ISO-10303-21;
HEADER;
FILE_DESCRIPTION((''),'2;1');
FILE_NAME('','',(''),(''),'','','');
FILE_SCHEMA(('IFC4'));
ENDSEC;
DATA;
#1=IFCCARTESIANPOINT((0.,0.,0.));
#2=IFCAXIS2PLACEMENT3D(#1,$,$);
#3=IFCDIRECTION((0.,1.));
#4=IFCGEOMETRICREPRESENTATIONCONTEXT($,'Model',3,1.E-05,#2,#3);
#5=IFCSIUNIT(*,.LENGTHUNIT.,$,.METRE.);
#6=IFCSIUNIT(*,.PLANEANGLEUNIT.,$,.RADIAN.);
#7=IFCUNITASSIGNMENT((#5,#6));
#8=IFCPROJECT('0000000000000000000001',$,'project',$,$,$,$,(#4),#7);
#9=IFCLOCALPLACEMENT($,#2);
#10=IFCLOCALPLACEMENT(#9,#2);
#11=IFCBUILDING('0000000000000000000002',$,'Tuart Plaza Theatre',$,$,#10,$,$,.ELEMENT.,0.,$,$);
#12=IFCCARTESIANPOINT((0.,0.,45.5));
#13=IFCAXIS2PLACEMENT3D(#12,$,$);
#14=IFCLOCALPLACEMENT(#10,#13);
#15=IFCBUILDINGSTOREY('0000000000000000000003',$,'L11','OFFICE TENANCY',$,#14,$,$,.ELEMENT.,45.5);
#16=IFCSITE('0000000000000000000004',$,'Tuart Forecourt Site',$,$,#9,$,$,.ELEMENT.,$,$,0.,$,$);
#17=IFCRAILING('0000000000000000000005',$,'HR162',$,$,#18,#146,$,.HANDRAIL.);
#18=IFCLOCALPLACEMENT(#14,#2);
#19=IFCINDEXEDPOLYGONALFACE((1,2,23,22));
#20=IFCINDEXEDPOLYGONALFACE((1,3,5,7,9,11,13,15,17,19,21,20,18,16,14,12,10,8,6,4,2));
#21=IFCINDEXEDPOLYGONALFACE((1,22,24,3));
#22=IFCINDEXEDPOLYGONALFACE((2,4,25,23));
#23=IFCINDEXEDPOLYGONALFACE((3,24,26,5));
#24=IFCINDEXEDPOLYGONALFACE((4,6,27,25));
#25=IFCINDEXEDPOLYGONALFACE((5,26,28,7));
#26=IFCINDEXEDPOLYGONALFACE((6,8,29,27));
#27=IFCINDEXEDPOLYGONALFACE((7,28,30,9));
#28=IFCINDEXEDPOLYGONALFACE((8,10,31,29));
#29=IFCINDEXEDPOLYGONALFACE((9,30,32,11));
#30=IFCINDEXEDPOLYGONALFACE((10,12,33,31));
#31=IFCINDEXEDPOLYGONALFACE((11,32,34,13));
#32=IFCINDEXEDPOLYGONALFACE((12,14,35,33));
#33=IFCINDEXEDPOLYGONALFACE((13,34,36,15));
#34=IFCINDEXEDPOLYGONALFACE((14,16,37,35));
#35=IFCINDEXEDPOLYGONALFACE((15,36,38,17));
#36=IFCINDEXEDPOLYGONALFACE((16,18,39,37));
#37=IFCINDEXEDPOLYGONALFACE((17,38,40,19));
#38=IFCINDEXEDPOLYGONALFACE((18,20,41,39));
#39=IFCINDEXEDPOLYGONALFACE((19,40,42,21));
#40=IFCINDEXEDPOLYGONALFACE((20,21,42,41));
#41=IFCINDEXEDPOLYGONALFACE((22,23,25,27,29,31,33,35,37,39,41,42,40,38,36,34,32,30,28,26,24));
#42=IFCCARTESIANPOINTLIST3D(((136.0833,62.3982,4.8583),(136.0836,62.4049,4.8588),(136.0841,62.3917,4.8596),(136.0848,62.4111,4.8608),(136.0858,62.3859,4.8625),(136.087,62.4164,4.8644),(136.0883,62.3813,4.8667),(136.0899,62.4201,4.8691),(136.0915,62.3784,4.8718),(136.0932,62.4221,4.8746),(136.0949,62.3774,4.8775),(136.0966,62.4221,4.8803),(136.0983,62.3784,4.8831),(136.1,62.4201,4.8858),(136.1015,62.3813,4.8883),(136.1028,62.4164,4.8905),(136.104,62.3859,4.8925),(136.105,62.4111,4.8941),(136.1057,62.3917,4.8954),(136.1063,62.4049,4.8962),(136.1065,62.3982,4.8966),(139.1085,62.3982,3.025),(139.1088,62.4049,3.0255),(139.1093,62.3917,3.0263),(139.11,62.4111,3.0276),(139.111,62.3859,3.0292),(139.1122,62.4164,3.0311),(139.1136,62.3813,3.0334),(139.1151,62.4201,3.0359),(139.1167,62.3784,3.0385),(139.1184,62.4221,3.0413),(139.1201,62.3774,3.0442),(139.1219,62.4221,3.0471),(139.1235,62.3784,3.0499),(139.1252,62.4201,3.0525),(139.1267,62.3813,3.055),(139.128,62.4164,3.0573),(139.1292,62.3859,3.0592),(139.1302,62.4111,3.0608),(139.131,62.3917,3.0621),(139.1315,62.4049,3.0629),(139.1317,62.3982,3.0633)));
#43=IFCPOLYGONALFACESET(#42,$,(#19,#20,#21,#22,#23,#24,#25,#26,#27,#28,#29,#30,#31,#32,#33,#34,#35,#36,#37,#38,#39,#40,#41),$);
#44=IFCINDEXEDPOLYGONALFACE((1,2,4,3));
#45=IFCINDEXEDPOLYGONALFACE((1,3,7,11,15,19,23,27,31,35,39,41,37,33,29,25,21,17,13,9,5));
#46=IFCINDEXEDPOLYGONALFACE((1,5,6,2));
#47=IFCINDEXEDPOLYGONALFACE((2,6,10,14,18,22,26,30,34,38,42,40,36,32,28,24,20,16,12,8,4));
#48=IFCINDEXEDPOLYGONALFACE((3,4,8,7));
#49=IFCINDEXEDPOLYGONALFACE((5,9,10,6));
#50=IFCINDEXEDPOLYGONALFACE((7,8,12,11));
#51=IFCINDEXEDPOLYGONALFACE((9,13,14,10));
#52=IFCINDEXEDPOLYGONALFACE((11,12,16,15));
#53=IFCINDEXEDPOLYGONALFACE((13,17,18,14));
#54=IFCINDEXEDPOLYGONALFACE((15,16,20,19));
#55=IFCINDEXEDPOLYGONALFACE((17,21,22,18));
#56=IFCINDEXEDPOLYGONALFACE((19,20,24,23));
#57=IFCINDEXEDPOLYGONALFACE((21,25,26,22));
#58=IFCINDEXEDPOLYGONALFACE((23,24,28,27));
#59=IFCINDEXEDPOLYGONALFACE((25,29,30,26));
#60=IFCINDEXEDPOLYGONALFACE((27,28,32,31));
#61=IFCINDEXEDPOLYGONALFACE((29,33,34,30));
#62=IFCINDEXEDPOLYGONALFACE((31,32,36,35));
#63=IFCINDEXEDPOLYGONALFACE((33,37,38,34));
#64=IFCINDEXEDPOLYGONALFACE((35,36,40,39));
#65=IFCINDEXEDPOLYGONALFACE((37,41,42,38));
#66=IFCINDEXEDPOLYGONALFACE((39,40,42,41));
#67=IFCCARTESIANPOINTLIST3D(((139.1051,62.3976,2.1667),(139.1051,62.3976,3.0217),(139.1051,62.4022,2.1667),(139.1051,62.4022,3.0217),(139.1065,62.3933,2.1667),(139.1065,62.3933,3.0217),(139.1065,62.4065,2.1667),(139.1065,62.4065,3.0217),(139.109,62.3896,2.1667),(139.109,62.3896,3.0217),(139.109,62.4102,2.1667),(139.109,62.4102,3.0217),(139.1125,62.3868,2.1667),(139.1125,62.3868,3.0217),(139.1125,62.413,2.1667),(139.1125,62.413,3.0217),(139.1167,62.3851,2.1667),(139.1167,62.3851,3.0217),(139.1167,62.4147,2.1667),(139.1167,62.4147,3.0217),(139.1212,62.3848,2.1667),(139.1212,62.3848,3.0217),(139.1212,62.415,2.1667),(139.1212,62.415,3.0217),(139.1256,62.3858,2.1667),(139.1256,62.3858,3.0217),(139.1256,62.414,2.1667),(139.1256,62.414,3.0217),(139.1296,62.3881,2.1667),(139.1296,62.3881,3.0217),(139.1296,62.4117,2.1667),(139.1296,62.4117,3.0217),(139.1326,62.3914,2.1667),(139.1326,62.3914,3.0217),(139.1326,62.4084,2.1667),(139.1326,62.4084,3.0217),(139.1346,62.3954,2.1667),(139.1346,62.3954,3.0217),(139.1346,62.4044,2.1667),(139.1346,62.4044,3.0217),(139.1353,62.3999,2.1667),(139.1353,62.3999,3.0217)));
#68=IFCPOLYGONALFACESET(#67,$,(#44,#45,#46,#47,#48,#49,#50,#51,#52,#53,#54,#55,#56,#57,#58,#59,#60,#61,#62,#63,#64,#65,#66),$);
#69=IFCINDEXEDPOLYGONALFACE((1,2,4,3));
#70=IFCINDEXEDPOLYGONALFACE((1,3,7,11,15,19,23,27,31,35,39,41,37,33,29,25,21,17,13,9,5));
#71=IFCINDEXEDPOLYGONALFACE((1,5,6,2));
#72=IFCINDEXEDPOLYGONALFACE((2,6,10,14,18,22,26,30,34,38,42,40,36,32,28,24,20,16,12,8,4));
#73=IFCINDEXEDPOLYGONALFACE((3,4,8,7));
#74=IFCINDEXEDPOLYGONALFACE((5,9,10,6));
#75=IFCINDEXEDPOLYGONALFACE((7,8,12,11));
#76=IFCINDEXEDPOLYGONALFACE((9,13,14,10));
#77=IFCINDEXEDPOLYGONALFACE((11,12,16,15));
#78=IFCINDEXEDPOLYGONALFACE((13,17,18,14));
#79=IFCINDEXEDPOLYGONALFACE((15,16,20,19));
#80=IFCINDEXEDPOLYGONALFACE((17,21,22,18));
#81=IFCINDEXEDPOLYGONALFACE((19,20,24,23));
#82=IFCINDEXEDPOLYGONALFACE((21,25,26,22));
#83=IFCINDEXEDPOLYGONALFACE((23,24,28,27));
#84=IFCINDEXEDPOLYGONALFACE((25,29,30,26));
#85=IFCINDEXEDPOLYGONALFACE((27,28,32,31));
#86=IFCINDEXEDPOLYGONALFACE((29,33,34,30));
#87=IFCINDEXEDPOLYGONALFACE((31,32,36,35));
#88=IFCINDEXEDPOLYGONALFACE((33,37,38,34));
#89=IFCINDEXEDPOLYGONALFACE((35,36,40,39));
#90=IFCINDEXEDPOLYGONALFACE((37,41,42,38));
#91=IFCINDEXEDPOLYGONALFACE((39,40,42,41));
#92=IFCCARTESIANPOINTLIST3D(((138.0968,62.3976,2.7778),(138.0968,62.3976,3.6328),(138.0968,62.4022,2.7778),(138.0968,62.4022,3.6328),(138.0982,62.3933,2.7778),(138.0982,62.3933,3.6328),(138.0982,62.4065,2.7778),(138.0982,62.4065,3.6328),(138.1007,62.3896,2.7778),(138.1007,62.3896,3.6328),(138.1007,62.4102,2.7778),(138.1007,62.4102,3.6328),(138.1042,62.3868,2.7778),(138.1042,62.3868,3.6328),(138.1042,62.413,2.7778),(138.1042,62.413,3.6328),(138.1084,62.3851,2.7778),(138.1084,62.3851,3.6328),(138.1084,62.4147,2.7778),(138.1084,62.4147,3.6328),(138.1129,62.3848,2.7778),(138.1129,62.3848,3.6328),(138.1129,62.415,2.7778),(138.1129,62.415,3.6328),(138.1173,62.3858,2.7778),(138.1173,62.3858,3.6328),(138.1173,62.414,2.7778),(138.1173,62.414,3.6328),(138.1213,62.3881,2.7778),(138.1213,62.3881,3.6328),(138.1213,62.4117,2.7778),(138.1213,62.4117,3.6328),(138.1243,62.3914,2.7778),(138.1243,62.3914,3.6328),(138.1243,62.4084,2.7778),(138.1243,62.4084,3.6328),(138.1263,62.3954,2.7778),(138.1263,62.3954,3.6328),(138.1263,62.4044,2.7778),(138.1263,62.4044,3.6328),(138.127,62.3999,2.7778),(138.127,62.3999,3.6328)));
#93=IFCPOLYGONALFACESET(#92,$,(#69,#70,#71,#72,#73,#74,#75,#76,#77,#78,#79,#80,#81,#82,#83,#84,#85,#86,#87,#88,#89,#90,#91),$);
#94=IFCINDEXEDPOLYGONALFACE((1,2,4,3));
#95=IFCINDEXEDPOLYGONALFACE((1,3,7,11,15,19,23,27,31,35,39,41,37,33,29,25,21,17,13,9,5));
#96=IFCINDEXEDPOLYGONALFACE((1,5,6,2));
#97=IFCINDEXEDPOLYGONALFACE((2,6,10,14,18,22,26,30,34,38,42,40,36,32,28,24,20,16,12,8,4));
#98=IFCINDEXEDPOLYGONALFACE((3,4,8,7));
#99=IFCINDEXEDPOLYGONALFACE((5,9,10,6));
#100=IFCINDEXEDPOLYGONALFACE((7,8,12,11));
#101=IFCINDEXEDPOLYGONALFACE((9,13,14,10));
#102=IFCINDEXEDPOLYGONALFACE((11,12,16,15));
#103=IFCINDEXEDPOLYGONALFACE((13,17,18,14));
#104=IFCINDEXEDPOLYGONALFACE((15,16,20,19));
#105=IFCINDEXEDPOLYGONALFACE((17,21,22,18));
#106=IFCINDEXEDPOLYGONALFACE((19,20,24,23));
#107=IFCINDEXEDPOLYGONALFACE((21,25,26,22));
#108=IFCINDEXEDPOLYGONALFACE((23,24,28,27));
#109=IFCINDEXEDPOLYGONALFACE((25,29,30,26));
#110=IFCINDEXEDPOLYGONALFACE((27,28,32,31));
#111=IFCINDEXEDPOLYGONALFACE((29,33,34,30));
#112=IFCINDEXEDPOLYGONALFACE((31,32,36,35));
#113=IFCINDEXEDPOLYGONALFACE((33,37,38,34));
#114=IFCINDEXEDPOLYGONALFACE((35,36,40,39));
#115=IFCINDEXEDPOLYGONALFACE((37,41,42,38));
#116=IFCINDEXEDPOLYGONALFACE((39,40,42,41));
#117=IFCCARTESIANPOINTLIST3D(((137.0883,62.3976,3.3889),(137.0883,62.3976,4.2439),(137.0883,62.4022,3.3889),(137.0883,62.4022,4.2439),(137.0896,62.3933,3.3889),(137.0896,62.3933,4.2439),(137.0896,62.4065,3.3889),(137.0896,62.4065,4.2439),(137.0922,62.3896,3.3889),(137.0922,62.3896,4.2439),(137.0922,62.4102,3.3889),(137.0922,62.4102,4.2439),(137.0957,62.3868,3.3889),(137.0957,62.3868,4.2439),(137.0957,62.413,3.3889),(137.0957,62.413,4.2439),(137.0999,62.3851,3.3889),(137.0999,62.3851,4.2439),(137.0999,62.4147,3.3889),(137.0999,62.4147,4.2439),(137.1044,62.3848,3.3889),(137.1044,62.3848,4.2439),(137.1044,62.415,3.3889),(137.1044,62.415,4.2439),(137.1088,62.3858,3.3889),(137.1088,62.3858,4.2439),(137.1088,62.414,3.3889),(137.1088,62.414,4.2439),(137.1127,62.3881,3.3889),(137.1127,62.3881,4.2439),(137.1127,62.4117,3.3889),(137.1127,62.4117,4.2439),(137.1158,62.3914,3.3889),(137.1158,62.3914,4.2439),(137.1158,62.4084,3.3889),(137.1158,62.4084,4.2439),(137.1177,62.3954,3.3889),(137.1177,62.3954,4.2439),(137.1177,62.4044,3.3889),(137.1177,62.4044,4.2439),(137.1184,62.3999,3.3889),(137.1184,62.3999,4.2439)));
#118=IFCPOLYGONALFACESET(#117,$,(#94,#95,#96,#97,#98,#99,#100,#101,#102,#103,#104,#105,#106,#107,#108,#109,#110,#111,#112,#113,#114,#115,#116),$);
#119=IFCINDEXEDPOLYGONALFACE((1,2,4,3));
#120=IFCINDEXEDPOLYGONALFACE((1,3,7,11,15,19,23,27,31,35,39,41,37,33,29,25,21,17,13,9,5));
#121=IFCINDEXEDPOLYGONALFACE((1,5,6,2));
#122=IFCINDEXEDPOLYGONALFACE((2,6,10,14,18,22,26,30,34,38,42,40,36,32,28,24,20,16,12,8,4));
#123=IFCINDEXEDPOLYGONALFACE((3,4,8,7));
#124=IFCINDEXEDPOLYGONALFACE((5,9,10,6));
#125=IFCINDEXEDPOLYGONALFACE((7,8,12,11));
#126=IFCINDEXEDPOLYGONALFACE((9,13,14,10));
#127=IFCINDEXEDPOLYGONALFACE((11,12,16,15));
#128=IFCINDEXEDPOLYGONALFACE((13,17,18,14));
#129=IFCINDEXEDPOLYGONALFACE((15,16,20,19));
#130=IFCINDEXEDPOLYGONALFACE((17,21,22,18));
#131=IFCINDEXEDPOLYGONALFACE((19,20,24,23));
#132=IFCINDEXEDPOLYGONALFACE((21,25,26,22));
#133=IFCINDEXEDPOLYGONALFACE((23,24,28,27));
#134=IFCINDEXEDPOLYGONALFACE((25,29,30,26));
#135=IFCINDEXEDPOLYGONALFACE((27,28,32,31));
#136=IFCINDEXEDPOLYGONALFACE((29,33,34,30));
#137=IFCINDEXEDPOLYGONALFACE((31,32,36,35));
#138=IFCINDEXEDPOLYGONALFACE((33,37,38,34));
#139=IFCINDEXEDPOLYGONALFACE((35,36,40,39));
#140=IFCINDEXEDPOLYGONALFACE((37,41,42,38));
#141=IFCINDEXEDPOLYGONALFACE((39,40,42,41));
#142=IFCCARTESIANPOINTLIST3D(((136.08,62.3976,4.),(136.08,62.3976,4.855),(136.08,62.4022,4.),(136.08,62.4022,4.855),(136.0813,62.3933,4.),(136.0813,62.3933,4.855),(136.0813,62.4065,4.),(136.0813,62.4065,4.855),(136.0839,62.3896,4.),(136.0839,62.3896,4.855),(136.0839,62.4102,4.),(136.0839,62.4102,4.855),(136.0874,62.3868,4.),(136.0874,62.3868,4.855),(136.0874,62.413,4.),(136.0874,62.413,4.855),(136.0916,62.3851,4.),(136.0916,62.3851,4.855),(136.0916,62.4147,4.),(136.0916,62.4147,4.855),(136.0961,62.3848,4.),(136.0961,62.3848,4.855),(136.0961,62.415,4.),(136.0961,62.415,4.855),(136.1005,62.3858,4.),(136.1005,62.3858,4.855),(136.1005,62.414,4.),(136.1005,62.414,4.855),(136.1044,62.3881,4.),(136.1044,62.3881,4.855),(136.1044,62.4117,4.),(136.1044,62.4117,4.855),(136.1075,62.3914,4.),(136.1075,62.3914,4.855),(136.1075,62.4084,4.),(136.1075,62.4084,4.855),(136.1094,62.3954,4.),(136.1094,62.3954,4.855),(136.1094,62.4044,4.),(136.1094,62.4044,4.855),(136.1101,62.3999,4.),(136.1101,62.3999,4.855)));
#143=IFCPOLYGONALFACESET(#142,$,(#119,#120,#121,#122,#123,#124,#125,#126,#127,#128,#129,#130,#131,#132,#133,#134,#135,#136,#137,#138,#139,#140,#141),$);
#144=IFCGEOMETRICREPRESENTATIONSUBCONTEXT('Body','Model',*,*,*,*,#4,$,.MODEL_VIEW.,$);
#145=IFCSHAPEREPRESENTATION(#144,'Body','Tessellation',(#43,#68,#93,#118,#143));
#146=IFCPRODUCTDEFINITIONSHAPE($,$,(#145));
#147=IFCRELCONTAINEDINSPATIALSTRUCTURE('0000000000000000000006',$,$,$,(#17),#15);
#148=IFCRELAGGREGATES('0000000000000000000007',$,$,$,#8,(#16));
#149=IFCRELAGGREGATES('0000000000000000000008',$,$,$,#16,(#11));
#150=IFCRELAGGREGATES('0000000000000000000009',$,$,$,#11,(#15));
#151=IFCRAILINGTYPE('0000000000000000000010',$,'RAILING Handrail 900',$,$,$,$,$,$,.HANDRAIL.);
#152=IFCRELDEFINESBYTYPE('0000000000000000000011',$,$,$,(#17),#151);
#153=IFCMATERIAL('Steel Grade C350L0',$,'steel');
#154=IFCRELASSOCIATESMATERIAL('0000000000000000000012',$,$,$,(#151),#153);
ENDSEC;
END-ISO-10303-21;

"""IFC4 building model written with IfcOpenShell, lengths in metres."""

from ifc_helpers import new_model, si_unit, direction, frame, origin, origin_2d, place, context, subcontext, project, spatial, circle, extrude, material, type_object, element, save


model = new_model("IFC4")

# Units and contexts
model_context = context("Model", 3, precision=1e-05, world=origin(), true_north=direction((0.0, 1.0)))
body_context = subcontext(model_context, "Body", "Model", "MODEL_VIEW")
ifc_project = project(units=[si_unit("LENGTHUNIT", "METRE"), si_unit("PLANEANGLEUNIT", "RADIAN")], contexts=[model_context])

# Site, building, storey
site_placement = place(None, origin())
site = spatial("IfcSite", under=ifc_project, at=site_placement, Name="Tuart Forecourt Site", CompositionType="ELEMENT", RefElevation=0.0)
building_placement = place(site_placement, origin())
building = spatial("IfcBuilding", under=site, at=building_placement, Name="Tuart Plaza Theatre", CompositionType="ELEMENT", ElevationOfRefHeight=0.0)
storey_placement = place(building_placement, frame((0.0, 0.0, 45.5)))
storey = spatial("IfcBuildingStorey", under=building, at=storey_placement, Name="L11", Description="OFFICE TENANCY", CompositionType="ELEMENT", Elevation=45.5)

# Railing
ifc_material_1 = material(Name="Steel Grade C350L0", Category="steel")
railing_type_1 = type_object("IfcRailingType", Name="RAILING Handrail 900", PredefinedType="HANDRAIL", material=ifc_material_1)
for number, where, name in (
    (1, (139.1201, 62.3999, 2.1667), "HR162"),
):
    element("IfcRailing", number, at=place(storey_placement, frame(where)), inside=storey, type_object=railing_type_1, Name=name, PredefinedType="HANDRAIL", context=body_context, shape_type="SweptSolid", body=[
        extrude(circle(Radius=0.0225, at=origin_2d()), frame((0.0, 0.0, 0.8774), z_axis=(-0.855219, 0.0, 0.518267), x_axis=(0.0, -1.0, 0.0)), (0.0, 0.0, 1.0), 3.5374),
        extrude(circle(Radius=0.0151, at=origin_2d()), origin(), (0.0, 0.0, 1.0), 0.855),
        extrude(circle(Radius=0.0151, at=origin_2d()), frame((-1.0083, 0.0, 0.6111)), (0.0, 0.0, 1.0), 0.855),
        extrude(circle(Radius=0.0151, at=origin_2d()), frame((-2.0168, 0.0, 1.2222)), (0.0, 0.0, 1.0), 0.855),
        extrude(circle(Radius=0.0151, at=origin_2d()), frame((-3.0251, 0.0, 1.8333)), (0.0, 0.0, 1.0), 0.855),
    ])

save(model, "model.ifc")
